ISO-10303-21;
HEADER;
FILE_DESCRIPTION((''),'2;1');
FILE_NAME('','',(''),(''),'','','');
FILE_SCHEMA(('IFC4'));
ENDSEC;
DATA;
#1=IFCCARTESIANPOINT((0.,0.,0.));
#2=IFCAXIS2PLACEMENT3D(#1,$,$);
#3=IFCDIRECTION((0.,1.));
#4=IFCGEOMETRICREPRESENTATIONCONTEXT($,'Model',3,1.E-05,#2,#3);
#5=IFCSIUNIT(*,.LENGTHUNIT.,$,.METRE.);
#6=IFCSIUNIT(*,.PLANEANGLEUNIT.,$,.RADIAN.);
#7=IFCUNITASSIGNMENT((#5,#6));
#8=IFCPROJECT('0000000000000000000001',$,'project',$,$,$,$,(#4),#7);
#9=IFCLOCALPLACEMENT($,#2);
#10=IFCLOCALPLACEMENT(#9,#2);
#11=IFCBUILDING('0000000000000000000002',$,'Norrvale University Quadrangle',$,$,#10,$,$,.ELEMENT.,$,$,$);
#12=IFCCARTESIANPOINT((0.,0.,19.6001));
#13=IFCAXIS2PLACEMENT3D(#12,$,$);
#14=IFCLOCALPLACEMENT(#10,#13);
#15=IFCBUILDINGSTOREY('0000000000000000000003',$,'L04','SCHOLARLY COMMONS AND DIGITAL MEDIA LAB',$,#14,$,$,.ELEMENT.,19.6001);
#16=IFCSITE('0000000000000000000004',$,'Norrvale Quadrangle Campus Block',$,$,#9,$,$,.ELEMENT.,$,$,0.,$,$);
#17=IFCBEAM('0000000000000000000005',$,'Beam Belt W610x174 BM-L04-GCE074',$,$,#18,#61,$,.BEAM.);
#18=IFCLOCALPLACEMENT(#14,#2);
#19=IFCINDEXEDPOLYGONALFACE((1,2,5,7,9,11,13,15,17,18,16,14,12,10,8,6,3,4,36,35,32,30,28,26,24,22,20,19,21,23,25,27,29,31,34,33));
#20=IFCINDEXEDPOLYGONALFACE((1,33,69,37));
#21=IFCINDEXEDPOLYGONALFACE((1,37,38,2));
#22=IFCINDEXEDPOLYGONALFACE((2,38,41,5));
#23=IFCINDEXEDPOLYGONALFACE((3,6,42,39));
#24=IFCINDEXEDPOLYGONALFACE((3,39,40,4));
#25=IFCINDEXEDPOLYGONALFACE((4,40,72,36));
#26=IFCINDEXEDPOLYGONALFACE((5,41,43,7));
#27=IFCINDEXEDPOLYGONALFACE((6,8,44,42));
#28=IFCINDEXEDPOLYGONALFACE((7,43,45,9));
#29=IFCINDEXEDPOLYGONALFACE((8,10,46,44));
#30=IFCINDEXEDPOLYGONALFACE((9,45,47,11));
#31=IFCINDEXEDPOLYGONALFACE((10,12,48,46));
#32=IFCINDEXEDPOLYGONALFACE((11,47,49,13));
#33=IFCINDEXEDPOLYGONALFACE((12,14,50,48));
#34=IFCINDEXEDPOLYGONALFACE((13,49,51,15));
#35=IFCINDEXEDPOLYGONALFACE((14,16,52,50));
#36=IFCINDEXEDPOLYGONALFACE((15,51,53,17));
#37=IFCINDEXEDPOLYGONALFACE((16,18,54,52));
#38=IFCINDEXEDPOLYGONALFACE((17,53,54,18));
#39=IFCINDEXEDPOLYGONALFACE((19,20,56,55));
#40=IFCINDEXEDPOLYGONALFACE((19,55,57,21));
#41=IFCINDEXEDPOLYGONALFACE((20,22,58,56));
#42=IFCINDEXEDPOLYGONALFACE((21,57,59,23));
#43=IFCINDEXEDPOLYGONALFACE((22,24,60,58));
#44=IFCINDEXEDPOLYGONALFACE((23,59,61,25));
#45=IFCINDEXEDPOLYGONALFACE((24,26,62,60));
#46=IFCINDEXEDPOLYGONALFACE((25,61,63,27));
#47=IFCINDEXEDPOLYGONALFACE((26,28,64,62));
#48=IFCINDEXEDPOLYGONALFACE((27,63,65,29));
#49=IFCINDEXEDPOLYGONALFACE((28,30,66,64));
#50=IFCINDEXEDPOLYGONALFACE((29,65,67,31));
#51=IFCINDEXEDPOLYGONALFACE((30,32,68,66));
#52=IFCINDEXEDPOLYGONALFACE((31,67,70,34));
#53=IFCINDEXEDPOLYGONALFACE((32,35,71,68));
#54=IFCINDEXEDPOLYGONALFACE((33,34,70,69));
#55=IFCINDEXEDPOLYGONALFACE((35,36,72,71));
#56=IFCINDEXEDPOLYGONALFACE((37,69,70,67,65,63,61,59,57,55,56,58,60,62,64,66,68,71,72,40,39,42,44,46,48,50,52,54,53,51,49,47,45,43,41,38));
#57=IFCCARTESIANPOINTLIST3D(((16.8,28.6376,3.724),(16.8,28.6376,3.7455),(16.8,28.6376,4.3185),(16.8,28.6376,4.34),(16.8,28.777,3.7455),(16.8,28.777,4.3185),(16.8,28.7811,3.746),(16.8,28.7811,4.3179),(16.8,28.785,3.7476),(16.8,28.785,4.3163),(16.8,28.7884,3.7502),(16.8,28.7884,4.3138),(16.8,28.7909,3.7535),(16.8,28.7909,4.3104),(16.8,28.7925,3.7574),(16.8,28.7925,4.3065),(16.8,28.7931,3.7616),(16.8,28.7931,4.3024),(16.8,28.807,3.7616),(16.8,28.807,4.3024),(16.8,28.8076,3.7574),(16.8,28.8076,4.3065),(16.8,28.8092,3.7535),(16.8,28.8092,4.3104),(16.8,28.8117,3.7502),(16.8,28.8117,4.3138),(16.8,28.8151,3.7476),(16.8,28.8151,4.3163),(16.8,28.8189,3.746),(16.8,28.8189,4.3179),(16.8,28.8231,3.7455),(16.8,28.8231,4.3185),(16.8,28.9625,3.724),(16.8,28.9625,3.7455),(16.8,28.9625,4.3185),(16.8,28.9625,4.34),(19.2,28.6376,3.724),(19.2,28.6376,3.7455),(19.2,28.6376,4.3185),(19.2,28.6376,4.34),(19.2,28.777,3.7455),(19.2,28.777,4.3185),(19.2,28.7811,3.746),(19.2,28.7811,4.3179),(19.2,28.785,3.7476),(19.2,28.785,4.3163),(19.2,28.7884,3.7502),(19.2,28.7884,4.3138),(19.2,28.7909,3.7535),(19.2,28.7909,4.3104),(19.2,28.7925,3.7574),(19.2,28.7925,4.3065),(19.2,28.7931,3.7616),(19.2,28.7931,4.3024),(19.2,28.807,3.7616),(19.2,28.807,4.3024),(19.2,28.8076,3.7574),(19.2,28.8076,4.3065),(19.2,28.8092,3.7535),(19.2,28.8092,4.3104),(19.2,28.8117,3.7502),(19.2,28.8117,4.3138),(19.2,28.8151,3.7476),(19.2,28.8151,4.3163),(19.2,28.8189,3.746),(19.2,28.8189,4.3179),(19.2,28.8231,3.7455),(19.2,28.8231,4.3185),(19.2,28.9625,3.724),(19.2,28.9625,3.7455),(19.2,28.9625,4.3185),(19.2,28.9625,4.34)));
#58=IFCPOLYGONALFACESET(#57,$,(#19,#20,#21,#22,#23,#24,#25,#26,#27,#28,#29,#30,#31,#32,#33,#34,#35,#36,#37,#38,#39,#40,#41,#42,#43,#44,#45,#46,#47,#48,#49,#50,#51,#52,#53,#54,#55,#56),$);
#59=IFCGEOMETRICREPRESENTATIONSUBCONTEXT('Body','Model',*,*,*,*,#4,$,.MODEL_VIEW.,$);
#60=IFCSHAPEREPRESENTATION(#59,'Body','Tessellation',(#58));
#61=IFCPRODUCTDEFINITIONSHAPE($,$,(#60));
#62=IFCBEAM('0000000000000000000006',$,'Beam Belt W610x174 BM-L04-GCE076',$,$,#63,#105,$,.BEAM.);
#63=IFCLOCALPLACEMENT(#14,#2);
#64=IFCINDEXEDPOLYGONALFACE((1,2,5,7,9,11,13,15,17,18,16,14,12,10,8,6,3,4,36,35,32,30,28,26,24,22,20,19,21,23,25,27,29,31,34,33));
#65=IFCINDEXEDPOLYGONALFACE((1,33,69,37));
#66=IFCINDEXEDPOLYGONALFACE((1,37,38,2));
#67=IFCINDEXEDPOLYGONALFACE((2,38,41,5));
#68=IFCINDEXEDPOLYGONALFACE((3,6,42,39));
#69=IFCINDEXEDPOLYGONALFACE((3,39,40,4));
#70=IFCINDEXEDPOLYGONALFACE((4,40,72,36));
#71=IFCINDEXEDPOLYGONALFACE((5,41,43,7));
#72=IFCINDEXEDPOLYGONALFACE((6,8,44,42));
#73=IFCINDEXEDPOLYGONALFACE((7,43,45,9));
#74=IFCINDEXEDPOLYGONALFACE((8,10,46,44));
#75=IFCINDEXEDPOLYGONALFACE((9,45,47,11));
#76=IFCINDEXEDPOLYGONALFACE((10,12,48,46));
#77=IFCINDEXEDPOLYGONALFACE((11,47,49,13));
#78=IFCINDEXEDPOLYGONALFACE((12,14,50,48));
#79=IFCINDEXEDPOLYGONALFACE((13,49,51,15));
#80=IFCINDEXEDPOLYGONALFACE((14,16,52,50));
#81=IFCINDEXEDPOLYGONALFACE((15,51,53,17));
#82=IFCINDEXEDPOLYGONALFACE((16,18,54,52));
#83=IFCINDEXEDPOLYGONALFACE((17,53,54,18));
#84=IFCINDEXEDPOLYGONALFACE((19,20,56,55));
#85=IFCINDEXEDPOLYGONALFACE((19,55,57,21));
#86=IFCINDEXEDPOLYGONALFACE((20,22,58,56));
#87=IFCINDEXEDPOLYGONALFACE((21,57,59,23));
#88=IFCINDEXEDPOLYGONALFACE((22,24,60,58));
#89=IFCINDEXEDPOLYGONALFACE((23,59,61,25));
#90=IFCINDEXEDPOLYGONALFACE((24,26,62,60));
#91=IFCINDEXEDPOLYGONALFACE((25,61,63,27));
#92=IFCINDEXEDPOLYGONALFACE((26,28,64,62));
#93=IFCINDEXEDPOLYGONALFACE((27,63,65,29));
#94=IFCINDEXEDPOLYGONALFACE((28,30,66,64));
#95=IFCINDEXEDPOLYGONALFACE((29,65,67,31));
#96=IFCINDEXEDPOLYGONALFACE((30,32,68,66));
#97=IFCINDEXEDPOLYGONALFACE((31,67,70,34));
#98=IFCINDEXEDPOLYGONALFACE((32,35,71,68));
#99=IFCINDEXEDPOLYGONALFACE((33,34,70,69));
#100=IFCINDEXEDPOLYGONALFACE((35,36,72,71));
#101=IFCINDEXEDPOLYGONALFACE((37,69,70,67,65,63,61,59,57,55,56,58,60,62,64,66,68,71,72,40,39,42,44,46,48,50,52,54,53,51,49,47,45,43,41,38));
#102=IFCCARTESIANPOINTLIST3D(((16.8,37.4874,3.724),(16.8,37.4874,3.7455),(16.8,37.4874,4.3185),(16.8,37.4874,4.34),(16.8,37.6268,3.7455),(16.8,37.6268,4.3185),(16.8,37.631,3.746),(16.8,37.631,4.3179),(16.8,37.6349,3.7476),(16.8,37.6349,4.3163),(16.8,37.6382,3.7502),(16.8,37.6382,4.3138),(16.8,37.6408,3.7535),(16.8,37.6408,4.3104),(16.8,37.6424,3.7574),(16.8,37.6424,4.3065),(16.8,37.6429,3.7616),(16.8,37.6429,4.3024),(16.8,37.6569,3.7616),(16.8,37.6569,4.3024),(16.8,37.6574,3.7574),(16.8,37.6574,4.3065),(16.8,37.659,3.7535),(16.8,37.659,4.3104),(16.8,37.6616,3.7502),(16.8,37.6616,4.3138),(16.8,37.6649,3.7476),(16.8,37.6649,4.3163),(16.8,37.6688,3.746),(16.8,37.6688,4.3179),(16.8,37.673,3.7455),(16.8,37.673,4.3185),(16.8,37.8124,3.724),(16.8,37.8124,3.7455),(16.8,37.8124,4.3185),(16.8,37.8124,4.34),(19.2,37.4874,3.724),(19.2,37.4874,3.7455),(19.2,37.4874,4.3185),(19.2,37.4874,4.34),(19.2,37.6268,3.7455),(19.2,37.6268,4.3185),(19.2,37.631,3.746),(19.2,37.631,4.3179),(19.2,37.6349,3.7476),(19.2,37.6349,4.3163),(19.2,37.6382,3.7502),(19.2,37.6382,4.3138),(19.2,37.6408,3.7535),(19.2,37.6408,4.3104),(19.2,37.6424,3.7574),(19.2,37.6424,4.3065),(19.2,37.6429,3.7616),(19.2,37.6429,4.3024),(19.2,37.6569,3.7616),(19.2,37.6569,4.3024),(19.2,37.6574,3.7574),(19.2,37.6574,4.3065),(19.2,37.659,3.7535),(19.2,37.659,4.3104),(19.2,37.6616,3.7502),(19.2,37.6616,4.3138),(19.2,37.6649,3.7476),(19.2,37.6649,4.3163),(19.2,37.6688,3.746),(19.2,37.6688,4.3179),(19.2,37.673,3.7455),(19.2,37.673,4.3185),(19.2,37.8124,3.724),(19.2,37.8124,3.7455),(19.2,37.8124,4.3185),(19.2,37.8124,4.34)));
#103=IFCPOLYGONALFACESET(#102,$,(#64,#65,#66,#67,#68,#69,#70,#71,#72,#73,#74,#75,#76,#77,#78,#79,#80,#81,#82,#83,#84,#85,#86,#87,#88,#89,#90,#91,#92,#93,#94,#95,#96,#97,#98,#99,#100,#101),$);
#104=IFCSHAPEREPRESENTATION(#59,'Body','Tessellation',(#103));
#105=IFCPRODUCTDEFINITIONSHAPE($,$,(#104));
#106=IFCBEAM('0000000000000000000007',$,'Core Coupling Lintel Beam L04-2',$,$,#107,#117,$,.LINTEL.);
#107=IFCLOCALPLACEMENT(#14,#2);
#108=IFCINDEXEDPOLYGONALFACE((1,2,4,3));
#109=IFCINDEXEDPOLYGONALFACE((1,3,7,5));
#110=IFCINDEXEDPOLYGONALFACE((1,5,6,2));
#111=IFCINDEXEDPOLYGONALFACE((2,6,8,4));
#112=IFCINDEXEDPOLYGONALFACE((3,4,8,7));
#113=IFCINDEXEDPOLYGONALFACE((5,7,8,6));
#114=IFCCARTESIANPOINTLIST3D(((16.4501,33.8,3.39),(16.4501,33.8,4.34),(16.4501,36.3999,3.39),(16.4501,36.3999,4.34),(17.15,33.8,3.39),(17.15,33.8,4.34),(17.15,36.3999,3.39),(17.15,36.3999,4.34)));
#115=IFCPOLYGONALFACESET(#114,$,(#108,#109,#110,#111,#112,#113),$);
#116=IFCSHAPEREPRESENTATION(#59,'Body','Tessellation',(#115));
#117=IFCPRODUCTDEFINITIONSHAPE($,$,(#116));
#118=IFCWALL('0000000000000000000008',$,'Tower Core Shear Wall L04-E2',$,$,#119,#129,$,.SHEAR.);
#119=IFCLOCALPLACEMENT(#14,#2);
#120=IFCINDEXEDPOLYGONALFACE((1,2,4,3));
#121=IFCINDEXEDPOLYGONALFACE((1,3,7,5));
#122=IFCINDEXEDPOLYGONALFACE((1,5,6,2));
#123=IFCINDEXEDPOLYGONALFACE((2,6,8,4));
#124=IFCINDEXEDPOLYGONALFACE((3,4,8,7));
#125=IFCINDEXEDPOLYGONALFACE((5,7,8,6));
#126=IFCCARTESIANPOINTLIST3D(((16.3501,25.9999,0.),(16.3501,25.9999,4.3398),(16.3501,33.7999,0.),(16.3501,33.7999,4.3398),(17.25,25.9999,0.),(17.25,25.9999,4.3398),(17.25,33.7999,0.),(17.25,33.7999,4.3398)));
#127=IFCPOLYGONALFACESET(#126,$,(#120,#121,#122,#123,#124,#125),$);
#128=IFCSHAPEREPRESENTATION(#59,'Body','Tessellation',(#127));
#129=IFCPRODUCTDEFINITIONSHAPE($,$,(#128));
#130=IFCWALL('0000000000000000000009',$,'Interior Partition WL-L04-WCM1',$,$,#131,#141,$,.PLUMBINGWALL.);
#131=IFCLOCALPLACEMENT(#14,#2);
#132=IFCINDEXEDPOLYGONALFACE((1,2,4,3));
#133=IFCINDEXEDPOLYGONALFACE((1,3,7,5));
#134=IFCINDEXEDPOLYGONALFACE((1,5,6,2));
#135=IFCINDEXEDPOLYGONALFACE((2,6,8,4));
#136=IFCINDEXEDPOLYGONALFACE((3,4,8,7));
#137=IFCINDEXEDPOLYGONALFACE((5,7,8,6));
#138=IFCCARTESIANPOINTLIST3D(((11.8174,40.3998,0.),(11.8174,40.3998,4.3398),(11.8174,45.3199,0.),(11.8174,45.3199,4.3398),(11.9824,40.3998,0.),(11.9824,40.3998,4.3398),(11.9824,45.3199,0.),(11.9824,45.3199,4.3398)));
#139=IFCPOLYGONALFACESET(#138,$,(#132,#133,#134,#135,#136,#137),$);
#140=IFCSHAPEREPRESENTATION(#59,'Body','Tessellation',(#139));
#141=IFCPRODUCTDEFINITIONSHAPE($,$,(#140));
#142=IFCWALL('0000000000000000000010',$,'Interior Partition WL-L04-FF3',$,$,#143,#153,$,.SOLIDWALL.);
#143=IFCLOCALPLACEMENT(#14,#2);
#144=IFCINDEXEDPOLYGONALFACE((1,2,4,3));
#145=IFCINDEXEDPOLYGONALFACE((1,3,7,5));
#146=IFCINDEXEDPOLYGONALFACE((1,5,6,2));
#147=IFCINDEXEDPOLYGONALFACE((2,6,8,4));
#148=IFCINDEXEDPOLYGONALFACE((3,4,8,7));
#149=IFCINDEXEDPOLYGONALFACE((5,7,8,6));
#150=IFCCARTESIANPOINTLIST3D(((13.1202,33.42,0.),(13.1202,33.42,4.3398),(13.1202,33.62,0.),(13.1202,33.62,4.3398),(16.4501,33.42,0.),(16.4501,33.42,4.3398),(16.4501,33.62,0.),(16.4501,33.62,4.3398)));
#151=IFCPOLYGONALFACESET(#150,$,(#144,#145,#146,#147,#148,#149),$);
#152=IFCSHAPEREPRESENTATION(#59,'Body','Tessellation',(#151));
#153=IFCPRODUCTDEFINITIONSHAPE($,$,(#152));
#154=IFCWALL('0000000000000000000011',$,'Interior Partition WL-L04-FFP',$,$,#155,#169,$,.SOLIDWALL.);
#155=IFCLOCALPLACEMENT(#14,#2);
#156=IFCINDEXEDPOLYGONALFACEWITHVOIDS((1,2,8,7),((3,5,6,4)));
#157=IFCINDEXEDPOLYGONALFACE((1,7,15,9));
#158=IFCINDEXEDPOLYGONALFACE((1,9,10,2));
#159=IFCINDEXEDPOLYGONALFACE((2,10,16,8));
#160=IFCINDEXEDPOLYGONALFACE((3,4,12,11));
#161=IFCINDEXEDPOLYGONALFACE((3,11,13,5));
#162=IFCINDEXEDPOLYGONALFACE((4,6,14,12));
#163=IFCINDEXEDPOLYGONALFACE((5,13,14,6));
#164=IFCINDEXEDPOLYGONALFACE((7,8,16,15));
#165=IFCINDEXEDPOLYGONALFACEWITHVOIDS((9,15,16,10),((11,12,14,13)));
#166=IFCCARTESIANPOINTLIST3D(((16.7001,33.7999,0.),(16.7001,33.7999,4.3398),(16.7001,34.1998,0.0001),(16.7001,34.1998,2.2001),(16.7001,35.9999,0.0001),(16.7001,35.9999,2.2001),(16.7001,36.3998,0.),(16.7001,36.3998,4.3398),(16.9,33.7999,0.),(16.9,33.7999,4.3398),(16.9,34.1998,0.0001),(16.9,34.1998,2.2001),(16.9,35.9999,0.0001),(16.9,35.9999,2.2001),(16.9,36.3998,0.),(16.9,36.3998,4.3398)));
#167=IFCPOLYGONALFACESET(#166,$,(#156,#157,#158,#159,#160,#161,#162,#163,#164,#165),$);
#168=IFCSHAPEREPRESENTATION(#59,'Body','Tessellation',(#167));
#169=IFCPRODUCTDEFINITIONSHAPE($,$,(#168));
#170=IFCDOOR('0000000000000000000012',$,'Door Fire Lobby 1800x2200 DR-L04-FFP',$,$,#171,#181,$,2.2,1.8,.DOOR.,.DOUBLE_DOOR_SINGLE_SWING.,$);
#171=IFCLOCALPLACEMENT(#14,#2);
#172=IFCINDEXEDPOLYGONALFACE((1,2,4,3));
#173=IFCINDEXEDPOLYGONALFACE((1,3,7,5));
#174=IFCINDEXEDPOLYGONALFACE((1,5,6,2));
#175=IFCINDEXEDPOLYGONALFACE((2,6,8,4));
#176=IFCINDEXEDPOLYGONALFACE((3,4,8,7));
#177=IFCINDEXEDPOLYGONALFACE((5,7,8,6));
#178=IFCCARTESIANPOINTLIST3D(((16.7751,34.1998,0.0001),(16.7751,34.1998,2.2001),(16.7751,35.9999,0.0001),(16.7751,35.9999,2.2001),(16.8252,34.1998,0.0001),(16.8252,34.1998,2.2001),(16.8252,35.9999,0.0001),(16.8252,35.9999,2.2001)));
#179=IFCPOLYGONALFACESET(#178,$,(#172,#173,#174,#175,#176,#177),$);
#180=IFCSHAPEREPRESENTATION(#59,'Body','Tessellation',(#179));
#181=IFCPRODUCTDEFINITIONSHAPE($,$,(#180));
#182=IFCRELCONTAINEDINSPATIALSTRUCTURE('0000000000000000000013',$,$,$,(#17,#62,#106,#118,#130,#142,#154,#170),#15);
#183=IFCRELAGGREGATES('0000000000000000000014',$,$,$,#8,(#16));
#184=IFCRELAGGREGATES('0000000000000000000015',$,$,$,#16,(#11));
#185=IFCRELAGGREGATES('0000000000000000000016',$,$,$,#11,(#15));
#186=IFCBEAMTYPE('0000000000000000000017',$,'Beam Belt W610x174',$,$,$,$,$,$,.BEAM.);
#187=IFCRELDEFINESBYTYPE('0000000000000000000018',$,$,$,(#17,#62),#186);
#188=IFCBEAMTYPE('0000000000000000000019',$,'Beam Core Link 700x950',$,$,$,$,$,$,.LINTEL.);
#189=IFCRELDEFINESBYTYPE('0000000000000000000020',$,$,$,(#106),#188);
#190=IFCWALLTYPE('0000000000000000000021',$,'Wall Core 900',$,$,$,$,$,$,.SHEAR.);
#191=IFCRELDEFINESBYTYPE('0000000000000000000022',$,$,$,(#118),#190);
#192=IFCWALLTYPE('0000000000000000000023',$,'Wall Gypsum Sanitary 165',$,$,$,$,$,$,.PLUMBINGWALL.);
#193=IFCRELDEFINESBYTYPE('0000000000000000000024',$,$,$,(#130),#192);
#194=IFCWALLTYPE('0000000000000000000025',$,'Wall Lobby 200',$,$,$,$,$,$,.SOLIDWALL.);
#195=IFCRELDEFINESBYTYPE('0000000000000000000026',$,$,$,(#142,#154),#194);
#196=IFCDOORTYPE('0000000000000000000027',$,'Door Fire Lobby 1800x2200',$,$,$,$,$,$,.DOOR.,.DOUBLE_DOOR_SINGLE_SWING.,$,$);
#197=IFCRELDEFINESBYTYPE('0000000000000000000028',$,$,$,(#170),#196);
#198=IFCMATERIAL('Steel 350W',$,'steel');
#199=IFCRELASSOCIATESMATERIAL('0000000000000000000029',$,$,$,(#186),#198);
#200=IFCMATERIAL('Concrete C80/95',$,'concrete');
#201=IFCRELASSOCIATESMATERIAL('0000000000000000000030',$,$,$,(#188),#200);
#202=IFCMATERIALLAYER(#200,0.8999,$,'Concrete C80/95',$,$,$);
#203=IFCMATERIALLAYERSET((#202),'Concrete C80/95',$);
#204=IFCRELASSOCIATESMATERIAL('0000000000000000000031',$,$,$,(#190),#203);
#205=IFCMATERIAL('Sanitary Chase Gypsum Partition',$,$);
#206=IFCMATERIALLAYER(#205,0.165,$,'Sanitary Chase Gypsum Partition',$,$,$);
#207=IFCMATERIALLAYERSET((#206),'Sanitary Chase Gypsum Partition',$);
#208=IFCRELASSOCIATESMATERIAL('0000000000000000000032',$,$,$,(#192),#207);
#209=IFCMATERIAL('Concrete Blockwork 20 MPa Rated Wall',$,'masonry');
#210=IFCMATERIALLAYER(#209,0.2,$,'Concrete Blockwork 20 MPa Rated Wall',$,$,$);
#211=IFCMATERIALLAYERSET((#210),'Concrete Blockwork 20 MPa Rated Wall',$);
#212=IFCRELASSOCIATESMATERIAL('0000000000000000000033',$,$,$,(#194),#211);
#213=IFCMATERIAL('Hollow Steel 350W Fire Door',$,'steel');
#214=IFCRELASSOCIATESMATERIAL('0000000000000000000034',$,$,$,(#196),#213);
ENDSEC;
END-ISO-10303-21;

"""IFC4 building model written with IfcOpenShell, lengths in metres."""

from ifc_helpers import new_model, si_unit, direction, frame, frame_2d, origin, origin_2d, place, context, subcontext, project, spatial, rectangle, i_section, extrude, material, layer, layer_set, material_profile, profile_set, type_object, element, fill, save


model = new_model("IFC4")

# Units and contexts
model_context = context("Model", 3, precision=1e-05, world=origin(), true_north=direction((0.0, 1.0)))
body_context = subcontext(model_context, "Body", "Model", "MODEL_VIEW")
ifc_project = project(units=[si_unit("LENGTHUNIT", "METRE"), si_unit("PLANEANGLEUNIT", "RADIAN")], contexts=[model_context])

# Site, building, storey
site_placement = place(None, origin())
site = spatial("IfcSite", under=ifc_project, at=site_placement, Name="Norrvale Quadrangle Campus Block", CompositionType="ELEMENT", RefElevation=0.0)
building_placement = place(site_placement, origin())
building = spatial("IfcBuilding", under=site, at=building_placement, Name="Norrvale University Quadrangle", CompositionType="ELEMENT")
storey_placement = place(building_placement, frame((0.0, 0.0, 19.6001)))
storey = spatial("IfcBuildingStorey", under=building, at=storey_placement, Name="L04", Description="SCHOLARLY COMMONS AND DIGITAL MEDIA LAB", CompositionType="ELEMENT", Elevation=19.6001)

# Beams
ifc_material_1 = material(Name="Steel 350W", Category="steel")
ifc_material_profile_1 = material_profile(ifc_material_1, i_section(OverallWidth=0.325, OverallDepth=0.616, WebThickness=0.0139, FlangeThickness=0.0215, FilletRadius=0.0161, at=origin_2d()), Name="Steel 350W")
ifc_profile_set_1 = profile_set([ifc_material_profile_1], Name="Steel 350W")
beam_type_1 = type_object("IfcBeamType", Name="Beam Belt W610x174", PredefinedType="BEAM", material=ifc_profile_set_1)
for number, where, z_axis, x_axis, name in (
    (1, (16.8, 28.8, 4.032), (1.0, 0.0, 0.0), (0.0, 1.0, 0.0), "Beam Belt W610x174 BM-L04-GCE074"),
    (2, (16.8, 37.6499, 4.032), (1.0, 0.0, 0.0), (0.0, 1.0, 0.0), "Beam Belt W610x174 BM-L04-GCE076"),
):
    element("IfcBeam", number, at=place(storey_placement, frame(where, z_axis=z_axis, x_axis=x_axis)), inside=storey, type_object=beam_type_1, Name=name, PredefinedType="BEAM", context=body_context, shape_type="SweptSolid", body=[
        extrude(i_section(OverallWidth=0.325, OverallDepth=0.616, WebThickness=0.0139, FlangeThickness=0.0215, FilletRadius=0.0161, at=origin_2d()), origin(), (0.0, 0.0, 1.0), 2.3999),
    ])
ifc_material_2 = material(Name="Concrete C80/95", Category="concrete")
ifc_material_profile_2 = material_profile(ifc_material_2, rectangle(XDim=0.7, YDim=0.95, at=origin_2d()), Name="Concrete C80/95")
ifc_profile_set_2 = profile_set([ifc_material_profile_2], Name="Concrete C80/95")
beam_type_2 = type_object("IfcBeamType", Name="Beam Core Link 700x950", PredefinedType="LINTEL", material=ifc_profile_set_2)
beam_placement = place(storey_placement, frame((16.8, 33.8, 3.865), z_axis=(0.0, 1.0, 0.0), x_axis=(-1.0, 0.0, 0.0)))
element("IfcBeam", 3, at=beam_placement, inside=storey, type_object=beam_type_2, Name="Core Coupling Lintel Beam L04-2", PredefinedType="LINTEL", context=body_context, shape_type="SweptSolid", body=[
    extrude(rectangle(XDim=0.7, YDim=0.95, at=origin_2d()), origin(), (0.0, 0.0, 1.0), 2.5999),
])

# Wall
ifc_layer_1 = layer(ifc_material_2, 0.8999, Name="Concrete C80/95")
ifc_layer_set_1 = layer_set([ifc_layer_1], Name="Concrete C80/95")
wall_type_1 = type_object("IfcWallType", Name="Wall Core 900", PredefinedType="SHEAR", material=ifc_layer_set_1)
wall_1_placement = place(storey_placement, frame((16.8, 26.0, 0.0), z_axis=(0.0, 0.0, 1.0), x_axis=(0.0, 1.0, 0.0)))
element("IfcWall", 4, at=wall_1_placement, inside=storey, type_object=wall_type_1, Name="Tower Core Shear Wall L04-E2", PredefinedType="SHEAR", context=body_context, shape_type="SweptSolid", body=[
    extrude(rectangle(XDim=7.8, YDim=0.8999, at=frame_2d((3.8999, 0.0))), origin(), (0.0, 0.0, 1.0), 4.3398),
])

# Walls
ifc_material_3 = material(Name="Sanitary Chase Gypsum Partition")
ifc_layer_2 = layer(ifc_material_3, 0.165, Name="Sanitary Chase Gypsum Partition")
ifc_layer_set_2 = layer_set([ifc_layer_2], Name="Sanitary Chase Gypsum Partition")
wall_type_2 = type_object("IfcWallType", Name="Wall Gypsum Sanitary 165", PredefinedType="PLUMBINGWALL", material=ifc_layer_set_2)
wall_2_placement = place(storey_placement, frame((11.8999, 40.3999, 0.0), z_axis=(0.0, 0.0, 1.0), x_axis=(0.0, 1.0, 0.0)))
element("IfcWall", 5, at=wall_2_placement, inside=storey, type_object=wall_type_2, Name="Interior Partition WL-L04-WCM1", PredefinedType="PLUMBINGWALL", context=body_context, shape_type="SweptSolid", body=[
    extrude(rectangle(XDim=4.9202, YDim=0.165, at=frame_2d((2.46, 0.0))), origin(), (0.0, 0.0, 1.0), 4.3398),
])
ifc_material_4 = material(Name="Concrete Blockwork 20 MPa Rated Wall", Category="masonry")
ifc_layer_3 = layer(ifc_material_4, 0.2, Name="Concrete Blockwork 20 MPa Rated Wall")
ifc_layer_set_3 = layer_set([ifc_layer_3], Name="Concrete Blockwork 20 MPa Rated Wall")
wall_type_3 = type_object("IfcWallType", Name="Wall Lobby 200", PredefinedType="SOLIDWALL", material=ifc_layer_set_3)
wall_3_placement = place(storey_placement, frame((13.1201, 33.52, 0.0), z_axis=(0.0, 0.0, 1.0), x_axis=(1.0, 0.0, 0.0)))
element("IfcWall", 6, at=wall_3_placement, inside=storey, type_object=wall_type_3, Name="Interior Partition WL-L04-FF3", PredefinedType="SOLIDWALL", context=body_context, shape_type="SweptSolid", body=[
    extrude(rectangle(XDim=3.3298, YDim=0.2, at=frame_2d((1.665, 0.0))), origin(), (0.0, 0.0, 1.0), 4.3398),
])

# Wall, opening, door
wall_4_placement = place(storey_placement, frame((16.8, 33.8, 0.0), z_axis=(0.0, 0.0, 1.0), x_axis=(0.0, 1.0, 0.0)))
wall_4 = element("IfcWall", 7, at=wall_4_placement, inside=storey, type_object=wall_type_3, Name="Interior Partition WL-L04-FFP", PredefinedType="SOLIDWALL", context=body_context, shape_type="SweptSolid", body=[
    extrude(rectangle(XDim=2.5999, YDim=0.2, at=frame_2d((1.2998, 0.0))), origin(), (0.0, 0.0, 1.0), 4.3398),
])
opening_1_placement = place(wall_4_placement, frame((0.3999, 0.0, 0.0)))
opening_1 = element("IfcOpeningElement", 8, at=opening_1_placement, cuts=wall_4, PredefinedType="OPENING", context=body_context, shape_type="SweptSolid", body=[
    extrude(rectangle(XDim=1.8, YDim=2.2, at=frame_2d((0.8999, 1.1001))), frame((0.0, 0.1121, 0.0), z_axis=(0.0, -1.0, 0.0), x_axis=(1.0, 0.0, 0.0)), (0.0, 0.0, 1.0), 0.2239),
])
ifc_material_5 = material(Name="Hollow Steel 350W Fire Door", Category="steel")
door_type_1 = type_object("IfcDoorType", Name="Door Fire Lobby 1800x2200", OperationType="DOUBLE_DOOR_SINGLE_SWING", PredefinedType="DOOR", material=ifc_material_5)
door_1_placement = place(opening_1_placement, origin())
door_1 = element("IfcDoor", 9, at=door_1_placement, inside=storey, type_object=door_type_1, Name="Door Fire Lobby 1800x2200 DR-L04-FFP", OperationType="DOUBLE_DOOR_SINGLE_SWING", OverallHeight=2.2, OverallWidth=1.8, PredefinedType="DOOR", context=body_context, shape_type="SweptSolid", body=[
    extrude(rectangle(XDim=1.8, YDim=2.2, at=frame_2d((0.8999, 1.1001))), frame((0.0, 0.0249, 0.0), z_axis=(0.0, -1.0, 0.0), x_axis=(1.0, 0.0, 0.0)), (0.0, 0.0, 1.0), 0.05),
])
fill(opening_1, door_1)

save(model, "model.ifc")
